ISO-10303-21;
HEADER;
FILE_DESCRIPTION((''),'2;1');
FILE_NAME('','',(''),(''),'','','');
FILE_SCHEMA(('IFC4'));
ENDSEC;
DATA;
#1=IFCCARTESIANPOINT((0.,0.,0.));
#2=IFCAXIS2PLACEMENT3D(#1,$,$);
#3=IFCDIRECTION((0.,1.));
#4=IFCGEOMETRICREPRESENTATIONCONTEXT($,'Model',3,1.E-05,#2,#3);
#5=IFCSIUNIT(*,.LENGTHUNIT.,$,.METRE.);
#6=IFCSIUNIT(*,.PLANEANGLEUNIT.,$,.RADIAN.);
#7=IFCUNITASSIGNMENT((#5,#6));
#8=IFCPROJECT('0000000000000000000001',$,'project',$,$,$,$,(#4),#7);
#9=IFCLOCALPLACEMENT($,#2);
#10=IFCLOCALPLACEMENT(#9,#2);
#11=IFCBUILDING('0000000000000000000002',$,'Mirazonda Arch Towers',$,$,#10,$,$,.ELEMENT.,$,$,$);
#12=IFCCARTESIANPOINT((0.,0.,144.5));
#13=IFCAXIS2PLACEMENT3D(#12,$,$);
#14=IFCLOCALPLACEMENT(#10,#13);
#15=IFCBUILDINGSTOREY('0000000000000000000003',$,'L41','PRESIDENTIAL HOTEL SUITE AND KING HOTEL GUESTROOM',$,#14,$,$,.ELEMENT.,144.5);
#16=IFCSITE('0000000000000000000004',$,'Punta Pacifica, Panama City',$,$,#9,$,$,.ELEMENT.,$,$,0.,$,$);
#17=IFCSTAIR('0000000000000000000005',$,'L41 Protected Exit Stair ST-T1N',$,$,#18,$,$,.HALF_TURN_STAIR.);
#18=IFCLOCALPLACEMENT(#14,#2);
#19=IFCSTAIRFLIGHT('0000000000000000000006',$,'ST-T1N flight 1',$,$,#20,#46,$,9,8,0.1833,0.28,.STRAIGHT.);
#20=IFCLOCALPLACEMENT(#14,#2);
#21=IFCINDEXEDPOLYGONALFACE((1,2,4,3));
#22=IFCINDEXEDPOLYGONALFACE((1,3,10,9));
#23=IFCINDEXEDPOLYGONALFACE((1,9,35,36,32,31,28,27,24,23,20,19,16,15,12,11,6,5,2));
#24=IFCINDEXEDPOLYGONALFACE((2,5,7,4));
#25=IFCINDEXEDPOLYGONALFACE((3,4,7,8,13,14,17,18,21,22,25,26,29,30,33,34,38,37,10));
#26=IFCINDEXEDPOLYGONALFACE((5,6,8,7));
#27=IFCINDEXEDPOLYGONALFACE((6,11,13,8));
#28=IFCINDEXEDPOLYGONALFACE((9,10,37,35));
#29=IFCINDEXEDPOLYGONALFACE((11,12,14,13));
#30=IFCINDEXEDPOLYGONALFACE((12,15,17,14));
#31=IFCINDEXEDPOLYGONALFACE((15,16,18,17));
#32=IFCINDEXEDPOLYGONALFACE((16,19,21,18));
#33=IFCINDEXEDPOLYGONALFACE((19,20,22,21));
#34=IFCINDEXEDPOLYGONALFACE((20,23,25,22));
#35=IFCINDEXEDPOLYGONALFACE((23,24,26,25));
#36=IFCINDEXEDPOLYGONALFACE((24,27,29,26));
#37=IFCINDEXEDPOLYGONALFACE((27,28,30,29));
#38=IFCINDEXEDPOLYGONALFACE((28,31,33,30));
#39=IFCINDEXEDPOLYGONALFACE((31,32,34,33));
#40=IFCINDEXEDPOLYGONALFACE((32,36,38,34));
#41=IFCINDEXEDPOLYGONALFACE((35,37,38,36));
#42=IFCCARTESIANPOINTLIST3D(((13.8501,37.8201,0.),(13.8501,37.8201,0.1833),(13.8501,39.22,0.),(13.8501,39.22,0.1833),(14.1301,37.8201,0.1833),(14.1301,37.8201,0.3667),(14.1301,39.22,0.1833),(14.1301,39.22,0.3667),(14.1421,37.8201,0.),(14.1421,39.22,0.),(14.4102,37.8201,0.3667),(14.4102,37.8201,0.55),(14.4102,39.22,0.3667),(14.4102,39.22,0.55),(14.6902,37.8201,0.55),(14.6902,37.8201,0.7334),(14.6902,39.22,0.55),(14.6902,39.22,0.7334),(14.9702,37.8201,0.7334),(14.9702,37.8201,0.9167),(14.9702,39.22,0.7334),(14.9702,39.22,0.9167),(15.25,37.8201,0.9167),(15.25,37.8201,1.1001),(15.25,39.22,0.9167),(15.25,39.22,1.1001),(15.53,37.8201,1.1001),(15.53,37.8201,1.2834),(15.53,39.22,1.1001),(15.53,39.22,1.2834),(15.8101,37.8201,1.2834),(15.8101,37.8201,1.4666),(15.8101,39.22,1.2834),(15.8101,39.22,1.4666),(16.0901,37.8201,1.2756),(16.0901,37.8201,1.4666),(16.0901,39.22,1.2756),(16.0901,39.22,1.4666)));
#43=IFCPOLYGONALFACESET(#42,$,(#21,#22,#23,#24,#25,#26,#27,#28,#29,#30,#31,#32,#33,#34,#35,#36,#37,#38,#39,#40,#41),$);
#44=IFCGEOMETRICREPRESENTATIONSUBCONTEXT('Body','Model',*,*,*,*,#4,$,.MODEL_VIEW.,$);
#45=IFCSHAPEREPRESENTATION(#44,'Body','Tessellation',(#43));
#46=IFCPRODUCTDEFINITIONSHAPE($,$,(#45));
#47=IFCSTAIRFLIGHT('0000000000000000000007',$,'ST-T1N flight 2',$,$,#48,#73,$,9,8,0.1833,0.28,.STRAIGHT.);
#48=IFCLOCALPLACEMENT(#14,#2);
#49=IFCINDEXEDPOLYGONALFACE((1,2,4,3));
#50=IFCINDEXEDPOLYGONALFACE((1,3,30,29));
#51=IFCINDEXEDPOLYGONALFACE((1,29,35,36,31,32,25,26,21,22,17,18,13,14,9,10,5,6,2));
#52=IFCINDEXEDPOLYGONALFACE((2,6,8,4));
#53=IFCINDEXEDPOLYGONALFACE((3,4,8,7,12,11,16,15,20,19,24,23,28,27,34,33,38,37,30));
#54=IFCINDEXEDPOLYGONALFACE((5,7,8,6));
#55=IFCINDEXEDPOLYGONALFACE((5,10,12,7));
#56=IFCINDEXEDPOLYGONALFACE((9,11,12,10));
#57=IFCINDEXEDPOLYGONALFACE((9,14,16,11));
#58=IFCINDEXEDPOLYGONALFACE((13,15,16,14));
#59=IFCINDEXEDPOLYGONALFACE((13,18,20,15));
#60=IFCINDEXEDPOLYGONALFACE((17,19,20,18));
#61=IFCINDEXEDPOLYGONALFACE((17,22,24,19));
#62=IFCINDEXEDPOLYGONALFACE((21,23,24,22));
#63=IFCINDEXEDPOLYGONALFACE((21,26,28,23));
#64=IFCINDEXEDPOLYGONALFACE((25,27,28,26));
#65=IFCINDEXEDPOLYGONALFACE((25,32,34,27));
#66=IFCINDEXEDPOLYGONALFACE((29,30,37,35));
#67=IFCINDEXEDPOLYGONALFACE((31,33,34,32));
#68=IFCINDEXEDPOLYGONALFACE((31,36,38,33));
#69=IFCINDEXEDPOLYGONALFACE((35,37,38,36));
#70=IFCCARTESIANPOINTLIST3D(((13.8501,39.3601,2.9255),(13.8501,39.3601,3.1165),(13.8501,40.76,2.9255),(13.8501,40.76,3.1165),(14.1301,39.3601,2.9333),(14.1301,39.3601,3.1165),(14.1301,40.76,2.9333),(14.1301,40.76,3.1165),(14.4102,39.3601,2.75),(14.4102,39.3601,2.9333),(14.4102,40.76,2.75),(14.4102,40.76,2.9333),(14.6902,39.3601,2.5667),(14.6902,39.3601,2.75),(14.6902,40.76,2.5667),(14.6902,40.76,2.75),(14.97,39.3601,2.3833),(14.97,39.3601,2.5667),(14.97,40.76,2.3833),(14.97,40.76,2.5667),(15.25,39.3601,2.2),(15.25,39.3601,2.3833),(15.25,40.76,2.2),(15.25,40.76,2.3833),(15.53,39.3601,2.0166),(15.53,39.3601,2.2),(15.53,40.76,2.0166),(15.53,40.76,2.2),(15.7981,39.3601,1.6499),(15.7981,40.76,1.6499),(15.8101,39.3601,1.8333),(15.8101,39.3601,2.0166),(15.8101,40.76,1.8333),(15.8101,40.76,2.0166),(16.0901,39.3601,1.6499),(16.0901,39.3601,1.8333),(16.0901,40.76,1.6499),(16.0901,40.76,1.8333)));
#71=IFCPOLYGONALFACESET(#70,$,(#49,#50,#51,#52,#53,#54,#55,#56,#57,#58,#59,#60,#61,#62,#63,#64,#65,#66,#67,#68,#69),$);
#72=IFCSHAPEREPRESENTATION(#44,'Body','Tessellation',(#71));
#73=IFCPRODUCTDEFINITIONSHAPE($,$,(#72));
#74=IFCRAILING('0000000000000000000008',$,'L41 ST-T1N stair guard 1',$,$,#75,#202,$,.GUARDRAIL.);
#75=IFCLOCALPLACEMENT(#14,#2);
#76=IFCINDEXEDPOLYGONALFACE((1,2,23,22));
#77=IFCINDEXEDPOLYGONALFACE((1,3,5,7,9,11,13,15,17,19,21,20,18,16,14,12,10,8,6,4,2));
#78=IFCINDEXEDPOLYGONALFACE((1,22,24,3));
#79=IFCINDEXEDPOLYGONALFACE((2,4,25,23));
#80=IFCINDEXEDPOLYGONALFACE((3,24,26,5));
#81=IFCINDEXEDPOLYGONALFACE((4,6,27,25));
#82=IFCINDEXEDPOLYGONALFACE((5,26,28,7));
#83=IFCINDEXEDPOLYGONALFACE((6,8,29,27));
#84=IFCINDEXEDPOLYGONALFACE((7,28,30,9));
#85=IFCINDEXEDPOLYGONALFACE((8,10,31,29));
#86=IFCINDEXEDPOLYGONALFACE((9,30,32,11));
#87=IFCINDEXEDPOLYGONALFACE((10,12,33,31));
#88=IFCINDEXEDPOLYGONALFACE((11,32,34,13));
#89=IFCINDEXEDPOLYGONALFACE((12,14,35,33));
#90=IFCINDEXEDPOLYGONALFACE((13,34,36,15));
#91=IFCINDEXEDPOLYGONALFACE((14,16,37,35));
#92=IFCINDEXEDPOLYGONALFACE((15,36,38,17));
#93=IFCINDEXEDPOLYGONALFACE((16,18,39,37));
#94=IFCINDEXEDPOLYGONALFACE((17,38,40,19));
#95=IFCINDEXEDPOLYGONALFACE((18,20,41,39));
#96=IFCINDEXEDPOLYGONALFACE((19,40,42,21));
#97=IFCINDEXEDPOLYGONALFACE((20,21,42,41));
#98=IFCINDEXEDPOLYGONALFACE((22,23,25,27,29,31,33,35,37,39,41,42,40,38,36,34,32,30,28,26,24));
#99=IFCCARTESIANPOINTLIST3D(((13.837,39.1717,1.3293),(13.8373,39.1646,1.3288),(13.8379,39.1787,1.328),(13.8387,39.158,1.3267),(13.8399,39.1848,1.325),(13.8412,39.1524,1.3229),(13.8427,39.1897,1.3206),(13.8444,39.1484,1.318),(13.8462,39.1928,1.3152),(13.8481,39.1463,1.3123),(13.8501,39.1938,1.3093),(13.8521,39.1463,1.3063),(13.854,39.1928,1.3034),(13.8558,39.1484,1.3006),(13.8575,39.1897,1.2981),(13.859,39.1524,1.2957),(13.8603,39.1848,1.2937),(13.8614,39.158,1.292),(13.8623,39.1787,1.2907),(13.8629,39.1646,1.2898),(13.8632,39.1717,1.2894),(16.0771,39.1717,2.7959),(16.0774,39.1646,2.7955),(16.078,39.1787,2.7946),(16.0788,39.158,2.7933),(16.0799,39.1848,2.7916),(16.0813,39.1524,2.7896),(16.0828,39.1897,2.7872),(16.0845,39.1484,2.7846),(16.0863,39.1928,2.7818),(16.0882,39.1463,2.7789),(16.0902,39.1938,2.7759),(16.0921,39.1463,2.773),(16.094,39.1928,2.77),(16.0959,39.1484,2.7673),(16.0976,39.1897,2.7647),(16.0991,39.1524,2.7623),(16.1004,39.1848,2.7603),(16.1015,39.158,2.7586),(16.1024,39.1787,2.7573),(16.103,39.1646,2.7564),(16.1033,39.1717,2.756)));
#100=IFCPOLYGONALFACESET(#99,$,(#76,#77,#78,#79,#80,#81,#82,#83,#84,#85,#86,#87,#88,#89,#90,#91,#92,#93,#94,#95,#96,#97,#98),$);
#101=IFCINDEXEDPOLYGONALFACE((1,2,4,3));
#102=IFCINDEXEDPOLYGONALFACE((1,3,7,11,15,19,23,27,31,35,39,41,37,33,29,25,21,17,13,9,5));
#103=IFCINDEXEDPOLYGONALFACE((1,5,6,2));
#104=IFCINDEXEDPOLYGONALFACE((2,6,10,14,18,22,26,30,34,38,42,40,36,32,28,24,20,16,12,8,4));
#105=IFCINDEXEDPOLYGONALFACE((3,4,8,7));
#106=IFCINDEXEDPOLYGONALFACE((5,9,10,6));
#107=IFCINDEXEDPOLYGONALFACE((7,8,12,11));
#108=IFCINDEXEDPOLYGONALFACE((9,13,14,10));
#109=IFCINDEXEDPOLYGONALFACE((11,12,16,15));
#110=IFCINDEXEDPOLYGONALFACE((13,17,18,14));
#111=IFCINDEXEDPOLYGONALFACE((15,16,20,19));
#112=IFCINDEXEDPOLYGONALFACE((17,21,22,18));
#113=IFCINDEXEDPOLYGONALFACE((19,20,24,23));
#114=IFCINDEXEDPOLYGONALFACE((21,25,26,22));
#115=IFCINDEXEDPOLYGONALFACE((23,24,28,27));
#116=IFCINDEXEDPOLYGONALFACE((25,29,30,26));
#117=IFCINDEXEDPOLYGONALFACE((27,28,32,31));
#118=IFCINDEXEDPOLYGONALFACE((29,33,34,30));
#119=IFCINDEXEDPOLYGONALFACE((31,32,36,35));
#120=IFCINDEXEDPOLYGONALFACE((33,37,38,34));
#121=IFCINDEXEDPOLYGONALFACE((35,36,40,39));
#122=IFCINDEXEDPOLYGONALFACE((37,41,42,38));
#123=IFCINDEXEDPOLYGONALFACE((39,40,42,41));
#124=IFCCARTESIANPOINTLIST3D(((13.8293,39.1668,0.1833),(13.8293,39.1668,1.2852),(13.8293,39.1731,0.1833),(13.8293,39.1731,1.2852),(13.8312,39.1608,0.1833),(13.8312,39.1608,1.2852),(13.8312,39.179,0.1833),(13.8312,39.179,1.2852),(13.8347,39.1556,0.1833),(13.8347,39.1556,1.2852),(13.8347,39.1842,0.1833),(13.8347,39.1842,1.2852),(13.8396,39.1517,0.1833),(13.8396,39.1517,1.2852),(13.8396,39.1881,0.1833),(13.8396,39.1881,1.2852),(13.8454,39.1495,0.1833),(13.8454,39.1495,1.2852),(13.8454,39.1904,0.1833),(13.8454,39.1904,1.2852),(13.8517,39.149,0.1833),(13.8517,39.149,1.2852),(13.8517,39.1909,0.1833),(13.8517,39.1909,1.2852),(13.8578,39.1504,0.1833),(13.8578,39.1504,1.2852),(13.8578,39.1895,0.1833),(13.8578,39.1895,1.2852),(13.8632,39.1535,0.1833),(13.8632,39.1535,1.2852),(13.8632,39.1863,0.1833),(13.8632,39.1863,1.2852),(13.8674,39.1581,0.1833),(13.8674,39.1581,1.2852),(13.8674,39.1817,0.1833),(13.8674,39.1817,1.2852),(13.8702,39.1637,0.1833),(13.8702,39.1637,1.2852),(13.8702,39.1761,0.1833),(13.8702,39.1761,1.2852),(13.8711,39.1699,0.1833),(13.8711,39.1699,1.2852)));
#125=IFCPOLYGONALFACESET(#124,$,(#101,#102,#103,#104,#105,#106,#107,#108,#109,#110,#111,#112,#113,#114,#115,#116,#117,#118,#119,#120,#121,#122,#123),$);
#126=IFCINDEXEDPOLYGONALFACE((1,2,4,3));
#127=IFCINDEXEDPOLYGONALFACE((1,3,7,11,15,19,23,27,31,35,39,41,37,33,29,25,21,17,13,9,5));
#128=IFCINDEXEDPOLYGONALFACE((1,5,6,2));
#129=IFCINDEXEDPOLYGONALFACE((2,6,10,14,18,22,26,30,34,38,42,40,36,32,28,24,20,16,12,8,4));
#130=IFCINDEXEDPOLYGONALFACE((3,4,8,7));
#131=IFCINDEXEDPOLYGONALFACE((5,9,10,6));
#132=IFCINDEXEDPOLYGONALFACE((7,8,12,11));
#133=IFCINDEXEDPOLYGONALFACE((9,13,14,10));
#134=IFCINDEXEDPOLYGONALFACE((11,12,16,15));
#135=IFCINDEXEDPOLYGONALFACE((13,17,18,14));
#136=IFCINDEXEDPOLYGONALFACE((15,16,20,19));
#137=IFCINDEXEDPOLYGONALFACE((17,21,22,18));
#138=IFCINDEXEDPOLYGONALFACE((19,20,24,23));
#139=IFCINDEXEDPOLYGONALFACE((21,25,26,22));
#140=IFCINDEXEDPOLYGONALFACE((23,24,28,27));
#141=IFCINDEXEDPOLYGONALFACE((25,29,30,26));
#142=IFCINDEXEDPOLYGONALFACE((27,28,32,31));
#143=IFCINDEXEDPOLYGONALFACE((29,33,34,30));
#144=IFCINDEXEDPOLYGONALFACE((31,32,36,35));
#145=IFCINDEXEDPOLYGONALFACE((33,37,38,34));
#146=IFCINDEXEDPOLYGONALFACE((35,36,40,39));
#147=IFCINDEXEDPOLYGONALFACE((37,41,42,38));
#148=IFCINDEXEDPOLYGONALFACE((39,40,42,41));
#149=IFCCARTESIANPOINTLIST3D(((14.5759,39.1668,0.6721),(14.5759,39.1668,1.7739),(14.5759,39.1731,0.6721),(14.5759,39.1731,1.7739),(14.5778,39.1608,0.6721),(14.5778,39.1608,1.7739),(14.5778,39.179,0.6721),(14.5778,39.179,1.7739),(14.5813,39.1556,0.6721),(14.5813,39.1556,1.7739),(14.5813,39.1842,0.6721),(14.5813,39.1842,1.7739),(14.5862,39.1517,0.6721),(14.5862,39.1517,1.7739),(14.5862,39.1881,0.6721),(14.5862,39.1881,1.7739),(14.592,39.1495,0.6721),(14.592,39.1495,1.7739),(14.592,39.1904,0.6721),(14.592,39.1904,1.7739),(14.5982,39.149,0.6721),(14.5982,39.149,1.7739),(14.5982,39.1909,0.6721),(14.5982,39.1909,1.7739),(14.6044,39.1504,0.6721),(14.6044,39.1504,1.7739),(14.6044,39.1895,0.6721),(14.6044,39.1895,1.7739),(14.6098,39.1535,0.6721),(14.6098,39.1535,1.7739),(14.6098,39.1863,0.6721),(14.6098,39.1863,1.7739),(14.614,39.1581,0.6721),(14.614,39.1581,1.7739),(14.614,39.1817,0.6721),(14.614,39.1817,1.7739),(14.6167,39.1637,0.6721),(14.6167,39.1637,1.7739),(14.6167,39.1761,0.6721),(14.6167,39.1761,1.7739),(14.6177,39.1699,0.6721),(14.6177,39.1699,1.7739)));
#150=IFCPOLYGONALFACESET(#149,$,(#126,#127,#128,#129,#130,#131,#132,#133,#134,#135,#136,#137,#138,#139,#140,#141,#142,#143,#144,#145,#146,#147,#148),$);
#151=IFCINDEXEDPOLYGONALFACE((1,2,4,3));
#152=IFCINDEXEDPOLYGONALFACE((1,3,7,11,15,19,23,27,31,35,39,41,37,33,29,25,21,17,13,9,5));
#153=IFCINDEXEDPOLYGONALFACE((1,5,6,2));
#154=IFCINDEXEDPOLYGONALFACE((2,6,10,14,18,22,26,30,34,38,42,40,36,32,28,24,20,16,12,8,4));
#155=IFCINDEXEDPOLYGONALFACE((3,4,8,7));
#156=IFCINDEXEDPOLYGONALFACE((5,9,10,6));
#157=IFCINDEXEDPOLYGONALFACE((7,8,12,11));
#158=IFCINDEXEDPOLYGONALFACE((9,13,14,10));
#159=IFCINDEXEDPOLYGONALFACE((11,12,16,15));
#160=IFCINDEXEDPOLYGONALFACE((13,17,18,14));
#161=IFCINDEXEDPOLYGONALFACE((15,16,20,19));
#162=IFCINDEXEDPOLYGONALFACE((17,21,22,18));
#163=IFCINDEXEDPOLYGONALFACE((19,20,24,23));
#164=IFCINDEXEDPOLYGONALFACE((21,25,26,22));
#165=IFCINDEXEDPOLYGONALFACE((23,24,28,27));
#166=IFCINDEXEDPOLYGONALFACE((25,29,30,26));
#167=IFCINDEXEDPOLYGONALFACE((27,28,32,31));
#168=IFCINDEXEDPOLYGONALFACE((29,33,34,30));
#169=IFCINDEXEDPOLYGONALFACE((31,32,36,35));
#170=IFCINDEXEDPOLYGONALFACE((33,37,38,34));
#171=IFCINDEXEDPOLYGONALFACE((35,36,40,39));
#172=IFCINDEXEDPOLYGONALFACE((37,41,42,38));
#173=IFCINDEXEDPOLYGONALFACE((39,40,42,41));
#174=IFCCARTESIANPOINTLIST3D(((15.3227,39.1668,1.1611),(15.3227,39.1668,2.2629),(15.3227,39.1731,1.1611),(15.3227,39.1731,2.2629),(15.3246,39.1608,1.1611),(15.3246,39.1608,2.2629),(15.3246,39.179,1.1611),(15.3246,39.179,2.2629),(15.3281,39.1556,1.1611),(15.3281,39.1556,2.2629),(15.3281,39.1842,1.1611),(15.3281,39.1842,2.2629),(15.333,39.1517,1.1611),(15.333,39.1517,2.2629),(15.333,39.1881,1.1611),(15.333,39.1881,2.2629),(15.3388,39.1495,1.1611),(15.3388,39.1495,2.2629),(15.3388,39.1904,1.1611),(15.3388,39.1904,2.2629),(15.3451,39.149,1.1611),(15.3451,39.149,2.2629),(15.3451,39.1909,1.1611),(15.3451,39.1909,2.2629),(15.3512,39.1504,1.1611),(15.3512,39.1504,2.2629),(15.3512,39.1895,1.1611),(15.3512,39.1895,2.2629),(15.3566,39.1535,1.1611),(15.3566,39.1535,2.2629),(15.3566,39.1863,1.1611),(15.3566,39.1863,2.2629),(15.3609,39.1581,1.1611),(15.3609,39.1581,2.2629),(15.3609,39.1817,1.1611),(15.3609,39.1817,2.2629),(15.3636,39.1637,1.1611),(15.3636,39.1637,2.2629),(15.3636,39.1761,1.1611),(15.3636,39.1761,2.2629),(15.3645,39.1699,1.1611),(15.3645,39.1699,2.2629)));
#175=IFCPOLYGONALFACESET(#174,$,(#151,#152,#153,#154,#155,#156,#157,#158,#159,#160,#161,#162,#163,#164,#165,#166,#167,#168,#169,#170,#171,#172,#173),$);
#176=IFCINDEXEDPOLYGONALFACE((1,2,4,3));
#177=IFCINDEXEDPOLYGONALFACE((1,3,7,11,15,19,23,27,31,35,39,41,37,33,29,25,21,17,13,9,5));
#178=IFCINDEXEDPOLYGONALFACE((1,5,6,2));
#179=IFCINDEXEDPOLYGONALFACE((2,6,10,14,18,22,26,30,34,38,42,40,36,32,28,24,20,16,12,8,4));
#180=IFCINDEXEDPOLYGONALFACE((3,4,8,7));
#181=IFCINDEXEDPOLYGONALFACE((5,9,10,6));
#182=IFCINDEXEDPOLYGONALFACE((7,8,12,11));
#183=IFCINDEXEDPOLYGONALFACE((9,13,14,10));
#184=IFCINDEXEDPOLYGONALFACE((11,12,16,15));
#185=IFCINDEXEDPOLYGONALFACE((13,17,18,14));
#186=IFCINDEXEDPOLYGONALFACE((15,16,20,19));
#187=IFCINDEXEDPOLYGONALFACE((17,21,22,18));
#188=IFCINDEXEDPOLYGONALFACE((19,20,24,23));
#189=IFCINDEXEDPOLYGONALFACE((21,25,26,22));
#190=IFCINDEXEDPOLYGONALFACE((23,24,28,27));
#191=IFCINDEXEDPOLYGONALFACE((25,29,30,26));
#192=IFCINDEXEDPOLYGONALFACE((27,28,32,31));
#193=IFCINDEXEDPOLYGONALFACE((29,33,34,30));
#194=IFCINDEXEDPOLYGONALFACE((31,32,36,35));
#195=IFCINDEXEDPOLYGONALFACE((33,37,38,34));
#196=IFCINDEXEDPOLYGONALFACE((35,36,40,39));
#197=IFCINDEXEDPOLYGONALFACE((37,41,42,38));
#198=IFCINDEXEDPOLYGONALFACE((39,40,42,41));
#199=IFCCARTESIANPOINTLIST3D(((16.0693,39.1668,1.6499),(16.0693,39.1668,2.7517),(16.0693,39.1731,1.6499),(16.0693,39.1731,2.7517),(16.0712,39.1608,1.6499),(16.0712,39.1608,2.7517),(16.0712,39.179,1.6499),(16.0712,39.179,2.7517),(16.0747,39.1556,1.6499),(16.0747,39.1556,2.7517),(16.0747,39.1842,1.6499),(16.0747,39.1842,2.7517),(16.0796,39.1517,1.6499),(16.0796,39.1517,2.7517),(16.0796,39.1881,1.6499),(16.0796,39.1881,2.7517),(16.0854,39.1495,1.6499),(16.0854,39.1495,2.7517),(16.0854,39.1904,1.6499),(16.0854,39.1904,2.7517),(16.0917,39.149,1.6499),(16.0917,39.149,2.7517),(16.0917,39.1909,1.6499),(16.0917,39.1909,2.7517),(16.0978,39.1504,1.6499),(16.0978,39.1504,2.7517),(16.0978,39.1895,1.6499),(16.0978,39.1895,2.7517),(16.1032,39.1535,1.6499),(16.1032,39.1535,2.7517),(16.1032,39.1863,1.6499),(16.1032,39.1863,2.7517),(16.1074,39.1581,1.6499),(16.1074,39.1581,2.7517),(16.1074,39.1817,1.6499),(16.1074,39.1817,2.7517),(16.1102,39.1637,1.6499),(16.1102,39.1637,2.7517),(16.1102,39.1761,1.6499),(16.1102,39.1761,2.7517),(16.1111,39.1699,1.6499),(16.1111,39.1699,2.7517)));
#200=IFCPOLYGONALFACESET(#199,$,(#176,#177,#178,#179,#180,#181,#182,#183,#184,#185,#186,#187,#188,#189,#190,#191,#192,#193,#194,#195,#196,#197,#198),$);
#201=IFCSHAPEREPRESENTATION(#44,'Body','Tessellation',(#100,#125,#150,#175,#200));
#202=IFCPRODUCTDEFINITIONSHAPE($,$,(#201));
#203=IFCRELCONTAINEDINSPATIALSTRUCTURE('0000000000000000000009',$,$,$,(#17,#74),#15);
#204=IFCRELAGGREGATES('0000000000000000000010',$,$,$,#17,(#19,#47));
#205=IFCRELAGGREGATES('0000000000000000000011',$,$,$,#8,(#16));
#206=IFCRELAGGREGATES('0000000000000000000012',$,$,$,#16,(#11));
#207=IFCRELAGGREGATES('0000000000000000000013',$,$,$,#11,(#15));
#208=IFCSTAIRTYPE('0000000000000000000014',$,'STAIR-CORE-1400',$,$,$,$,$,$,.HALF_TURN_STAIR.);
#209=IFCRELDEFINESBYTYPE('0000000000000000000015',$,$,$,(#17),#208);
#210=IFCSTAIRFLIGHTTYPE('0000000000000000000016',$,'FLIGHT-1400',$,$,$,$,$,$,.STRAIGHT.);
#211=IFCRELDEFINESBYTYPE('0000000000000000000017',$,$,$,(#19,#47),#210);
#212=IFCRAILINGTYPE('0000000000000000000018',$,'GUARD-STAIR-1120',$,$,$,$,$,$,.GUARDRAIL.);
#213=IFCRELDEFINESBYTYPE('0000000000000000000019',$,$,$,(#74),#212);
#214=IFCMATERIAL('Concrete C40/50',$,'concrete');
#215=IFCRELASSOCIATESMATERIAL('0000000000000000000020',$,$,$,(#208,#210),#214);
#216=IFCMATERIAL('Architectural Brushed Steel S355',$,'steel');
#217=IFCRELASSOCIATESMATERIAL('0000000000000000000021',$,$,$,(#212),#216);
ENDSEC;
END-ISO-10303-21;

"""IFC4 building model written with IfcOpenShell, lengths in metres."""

from ifc_helpers import new_model, si_unit, direction, frame, origin, origin_2d, place, context, subcontext, project, spatial, polyline, circle, outline, extrude, material, type_object, element, aggregate, save


model = new_model("IFC4")

# Units and contexts
model_context = context("Model", 3, precision=1e-05, world=origin(), true_north=direction((0.0, 1.0)))
body_context = subcontext(model_context, "Body", "Model", "MODEL_VIEW")
ifc_project = project(units=[si_unit("LENGTHUNIT", "METRE"), si_unit("PLANEANGLEUNIT", "RADIAN")], contexts=[model_context])

# Site, building, storey
site_placement = place(None, origin())
site = spatial("IfcSite", under=ifc_project, at=site_placement, Name="Punta Pacifica, Panama City", CompositionType="ELEMENT", RefElevation=0.0)
building_placement = place(site_placement, origin())
building = spatial("IfcBuilding", under=site, at=building_placement, Name="Mirazonda Arch Towers", CompositionType="ELEMENT")
storey_placement = place(building_placement, frame((0.0, 0.0, 144.5)))
storey = spatial("IfcBuildingStorey", under=building, at=storey_placement, Name="L41", Description="PRESIDENTIAL HOTEL SUITE AND KING HOTEL GUESTROOM", CompositionType="ELEMENT", Elevation=144.5)

# Shared definitions
ifc_material_1 = material(Name="Concrete C40/50", Category="concrete")

# Shared definitions
ifc_material_2 = material(Name="Architectural Brushed Steel S355", Category="steel")

# Stair, stair flights
stair_type = type_object("IfcStairType", Name="STAIR-CORE-1400", PredefinedType="HALF_TURN_STAIR", material=ifc_material_1)
stair_placement = place(storey_placement, origin())
stair = element("IfcStair", 1, at=stair_placement, inside=storey, type_object=stair_type, Name="L41 Protected Exit Stair ST-T1N", PredefinedType="HALF_TURN_STAIR")
stair_flight_type = type_object("IfcStairFlightType", Name="FLIGHT-1400", PredefinedType="STRAIGHT", material=ifc_material_1)
stair_flight_1_placement = place(storey_placement, frame((13.8501, 38.52, 0.0), z_axis=(0.0, 0.0, 1.0), x_axis=(1.0, 0.0, 0.0)))
stair_flight_1 = element("IfcStairFlight", 2, at=stair_flight_1_placement, type_object=stair_flight_type, Name="ST-T1N flight 1", NumberOfRisers=9, NumberOfTreads=8, PredefinedType="STRAIGHT", RiserHeight=0.1833, TreadLength=0.28, context=body_context, shape_type="SweptSolid", body=[
    extrude(outline(polyline([(0.0, 0.0), (0.0, 0.1833), (0.28, 0.1833), (0.28, 0.3667), (0.5601, 0.3667), (0.5601, 0.55), (0.8401, 0.55), (0.8401, 0.7334), (1.1201, 0.7334), (1.1201, 0.9167), (1.3999, 0.9167), (1.3999, 1.1001), (1.6799, 1.1001), (1.6799, 1.2834), (1.96, 1.2834), (1.96, 1.4666), (2.24, 1.4666), (2.24, 1.6499), (2.24, 1.2756), (0.292, 0.0), (0.0, 0.0)])), frame((0.0, 0.7, 0.0), z_axis=(0.0, -1.0, 0.0), x_axis=(1.0, 0.0, 0.0)), (0.0, 0.0, 1.0), 1.3999),
])
stair_flight_2_placement = place(storey_placement, frame((16.0901, 40.0601, 1.6499), z_axis=(0.0, 0.0, 1.0), x_axis=(-1.0, 0.0, 0.0)))
stair_flight_2 = element("IfcStairFlight", 3, at=stair_flight_2_placement, type_object=stair_flight_type, Name="ST-T1N flight 2", NumberOfRisers=9, NumberOfTreads=8, PredefinedType="STRAIGHT", RiserHeight=0.1833, TreadLength=0.28, context=body_context, shape_type="SweptSolid", body=[
    extrude(outline(polyline([(0.0, 0.0), (0.0, 0.1833), (0.28, 0.1833), (0.28, 0.3667), (0.5601, 0.3667), (0.5601, 0.55), (0.8401, 0.55), (0.8401, 0.7334), (1.1201, 0.7334), (1.1201, 0.9167), (1.3999, 0.9167), (1.3999, 1.1001), (1.6799, 1.1001), (1.6799, 1.2834), (1.96, 1.2834), (1.96, 1.4666), (2.24, 1.4666), (2.24, 1.6499), (2.24, 1.2756), (0.292, 0.0), (0.0, 0.0)])), frame((0.0, 0.7, 0.0), z_axis=(0.0, -1.0, 0.0), x_axis=(1.0, 0.0, 0.0)), (0.0, 0.0, 1.0), 1.3999),
])
aggregate(stair, [stair_flight_1, stair_flight_2])

# Railing
railing_type_1 = type_object("IfcRailingType", Name="GUARD-STAIR-1120", PredefinedType="GUARDRAIL", material=ifc_material_2)
railing_1_placement = place(storey_placement, frame((13.8501, 39.1699, 0.1833)))
element("IfcRailing", 4, at=railing_1_placement, inside=storey, type_object=railing_type_1, Name="L41 ST-T1N stair guard 1", PredefinedType="GUARDRAIL", context=body_context, shape_type="SweptSolid", body=[
    extrude(circle(Radius=0.0239, at=origin_2d()), frame((0.0, 0.0, 1.126), z_axis=(0.836637, 0.0, 0.547758), x_axis=(0.0, 1.0, 0.0)), (0.0, 0.0, 1.0), 2.6775),
    extrude(circle(Radius=0.021, at=origin_2d()), origin(), (0.0, 0.0, 1.0), 1.1018),
    extrude(circle(Radius=0.021, at=origin_2d()), frame((0.7466, 0.0, 0.4888)), (0.0, 0.0, 1.0), 1.1018),
    extrude(circle(Radius=0.021, at=origin_2d()), frame((1.4934, 0.0, 0.9778)), (0.0, 0.0, 1.0), 1.1018),
    extrude(circle(Radius=0.021, at=origin_2d()), frame((2.24, 0.0, 1.4666)), (0.0, 0.0, 1.0), 1.1018),
])

save(model, "model.ifc")
